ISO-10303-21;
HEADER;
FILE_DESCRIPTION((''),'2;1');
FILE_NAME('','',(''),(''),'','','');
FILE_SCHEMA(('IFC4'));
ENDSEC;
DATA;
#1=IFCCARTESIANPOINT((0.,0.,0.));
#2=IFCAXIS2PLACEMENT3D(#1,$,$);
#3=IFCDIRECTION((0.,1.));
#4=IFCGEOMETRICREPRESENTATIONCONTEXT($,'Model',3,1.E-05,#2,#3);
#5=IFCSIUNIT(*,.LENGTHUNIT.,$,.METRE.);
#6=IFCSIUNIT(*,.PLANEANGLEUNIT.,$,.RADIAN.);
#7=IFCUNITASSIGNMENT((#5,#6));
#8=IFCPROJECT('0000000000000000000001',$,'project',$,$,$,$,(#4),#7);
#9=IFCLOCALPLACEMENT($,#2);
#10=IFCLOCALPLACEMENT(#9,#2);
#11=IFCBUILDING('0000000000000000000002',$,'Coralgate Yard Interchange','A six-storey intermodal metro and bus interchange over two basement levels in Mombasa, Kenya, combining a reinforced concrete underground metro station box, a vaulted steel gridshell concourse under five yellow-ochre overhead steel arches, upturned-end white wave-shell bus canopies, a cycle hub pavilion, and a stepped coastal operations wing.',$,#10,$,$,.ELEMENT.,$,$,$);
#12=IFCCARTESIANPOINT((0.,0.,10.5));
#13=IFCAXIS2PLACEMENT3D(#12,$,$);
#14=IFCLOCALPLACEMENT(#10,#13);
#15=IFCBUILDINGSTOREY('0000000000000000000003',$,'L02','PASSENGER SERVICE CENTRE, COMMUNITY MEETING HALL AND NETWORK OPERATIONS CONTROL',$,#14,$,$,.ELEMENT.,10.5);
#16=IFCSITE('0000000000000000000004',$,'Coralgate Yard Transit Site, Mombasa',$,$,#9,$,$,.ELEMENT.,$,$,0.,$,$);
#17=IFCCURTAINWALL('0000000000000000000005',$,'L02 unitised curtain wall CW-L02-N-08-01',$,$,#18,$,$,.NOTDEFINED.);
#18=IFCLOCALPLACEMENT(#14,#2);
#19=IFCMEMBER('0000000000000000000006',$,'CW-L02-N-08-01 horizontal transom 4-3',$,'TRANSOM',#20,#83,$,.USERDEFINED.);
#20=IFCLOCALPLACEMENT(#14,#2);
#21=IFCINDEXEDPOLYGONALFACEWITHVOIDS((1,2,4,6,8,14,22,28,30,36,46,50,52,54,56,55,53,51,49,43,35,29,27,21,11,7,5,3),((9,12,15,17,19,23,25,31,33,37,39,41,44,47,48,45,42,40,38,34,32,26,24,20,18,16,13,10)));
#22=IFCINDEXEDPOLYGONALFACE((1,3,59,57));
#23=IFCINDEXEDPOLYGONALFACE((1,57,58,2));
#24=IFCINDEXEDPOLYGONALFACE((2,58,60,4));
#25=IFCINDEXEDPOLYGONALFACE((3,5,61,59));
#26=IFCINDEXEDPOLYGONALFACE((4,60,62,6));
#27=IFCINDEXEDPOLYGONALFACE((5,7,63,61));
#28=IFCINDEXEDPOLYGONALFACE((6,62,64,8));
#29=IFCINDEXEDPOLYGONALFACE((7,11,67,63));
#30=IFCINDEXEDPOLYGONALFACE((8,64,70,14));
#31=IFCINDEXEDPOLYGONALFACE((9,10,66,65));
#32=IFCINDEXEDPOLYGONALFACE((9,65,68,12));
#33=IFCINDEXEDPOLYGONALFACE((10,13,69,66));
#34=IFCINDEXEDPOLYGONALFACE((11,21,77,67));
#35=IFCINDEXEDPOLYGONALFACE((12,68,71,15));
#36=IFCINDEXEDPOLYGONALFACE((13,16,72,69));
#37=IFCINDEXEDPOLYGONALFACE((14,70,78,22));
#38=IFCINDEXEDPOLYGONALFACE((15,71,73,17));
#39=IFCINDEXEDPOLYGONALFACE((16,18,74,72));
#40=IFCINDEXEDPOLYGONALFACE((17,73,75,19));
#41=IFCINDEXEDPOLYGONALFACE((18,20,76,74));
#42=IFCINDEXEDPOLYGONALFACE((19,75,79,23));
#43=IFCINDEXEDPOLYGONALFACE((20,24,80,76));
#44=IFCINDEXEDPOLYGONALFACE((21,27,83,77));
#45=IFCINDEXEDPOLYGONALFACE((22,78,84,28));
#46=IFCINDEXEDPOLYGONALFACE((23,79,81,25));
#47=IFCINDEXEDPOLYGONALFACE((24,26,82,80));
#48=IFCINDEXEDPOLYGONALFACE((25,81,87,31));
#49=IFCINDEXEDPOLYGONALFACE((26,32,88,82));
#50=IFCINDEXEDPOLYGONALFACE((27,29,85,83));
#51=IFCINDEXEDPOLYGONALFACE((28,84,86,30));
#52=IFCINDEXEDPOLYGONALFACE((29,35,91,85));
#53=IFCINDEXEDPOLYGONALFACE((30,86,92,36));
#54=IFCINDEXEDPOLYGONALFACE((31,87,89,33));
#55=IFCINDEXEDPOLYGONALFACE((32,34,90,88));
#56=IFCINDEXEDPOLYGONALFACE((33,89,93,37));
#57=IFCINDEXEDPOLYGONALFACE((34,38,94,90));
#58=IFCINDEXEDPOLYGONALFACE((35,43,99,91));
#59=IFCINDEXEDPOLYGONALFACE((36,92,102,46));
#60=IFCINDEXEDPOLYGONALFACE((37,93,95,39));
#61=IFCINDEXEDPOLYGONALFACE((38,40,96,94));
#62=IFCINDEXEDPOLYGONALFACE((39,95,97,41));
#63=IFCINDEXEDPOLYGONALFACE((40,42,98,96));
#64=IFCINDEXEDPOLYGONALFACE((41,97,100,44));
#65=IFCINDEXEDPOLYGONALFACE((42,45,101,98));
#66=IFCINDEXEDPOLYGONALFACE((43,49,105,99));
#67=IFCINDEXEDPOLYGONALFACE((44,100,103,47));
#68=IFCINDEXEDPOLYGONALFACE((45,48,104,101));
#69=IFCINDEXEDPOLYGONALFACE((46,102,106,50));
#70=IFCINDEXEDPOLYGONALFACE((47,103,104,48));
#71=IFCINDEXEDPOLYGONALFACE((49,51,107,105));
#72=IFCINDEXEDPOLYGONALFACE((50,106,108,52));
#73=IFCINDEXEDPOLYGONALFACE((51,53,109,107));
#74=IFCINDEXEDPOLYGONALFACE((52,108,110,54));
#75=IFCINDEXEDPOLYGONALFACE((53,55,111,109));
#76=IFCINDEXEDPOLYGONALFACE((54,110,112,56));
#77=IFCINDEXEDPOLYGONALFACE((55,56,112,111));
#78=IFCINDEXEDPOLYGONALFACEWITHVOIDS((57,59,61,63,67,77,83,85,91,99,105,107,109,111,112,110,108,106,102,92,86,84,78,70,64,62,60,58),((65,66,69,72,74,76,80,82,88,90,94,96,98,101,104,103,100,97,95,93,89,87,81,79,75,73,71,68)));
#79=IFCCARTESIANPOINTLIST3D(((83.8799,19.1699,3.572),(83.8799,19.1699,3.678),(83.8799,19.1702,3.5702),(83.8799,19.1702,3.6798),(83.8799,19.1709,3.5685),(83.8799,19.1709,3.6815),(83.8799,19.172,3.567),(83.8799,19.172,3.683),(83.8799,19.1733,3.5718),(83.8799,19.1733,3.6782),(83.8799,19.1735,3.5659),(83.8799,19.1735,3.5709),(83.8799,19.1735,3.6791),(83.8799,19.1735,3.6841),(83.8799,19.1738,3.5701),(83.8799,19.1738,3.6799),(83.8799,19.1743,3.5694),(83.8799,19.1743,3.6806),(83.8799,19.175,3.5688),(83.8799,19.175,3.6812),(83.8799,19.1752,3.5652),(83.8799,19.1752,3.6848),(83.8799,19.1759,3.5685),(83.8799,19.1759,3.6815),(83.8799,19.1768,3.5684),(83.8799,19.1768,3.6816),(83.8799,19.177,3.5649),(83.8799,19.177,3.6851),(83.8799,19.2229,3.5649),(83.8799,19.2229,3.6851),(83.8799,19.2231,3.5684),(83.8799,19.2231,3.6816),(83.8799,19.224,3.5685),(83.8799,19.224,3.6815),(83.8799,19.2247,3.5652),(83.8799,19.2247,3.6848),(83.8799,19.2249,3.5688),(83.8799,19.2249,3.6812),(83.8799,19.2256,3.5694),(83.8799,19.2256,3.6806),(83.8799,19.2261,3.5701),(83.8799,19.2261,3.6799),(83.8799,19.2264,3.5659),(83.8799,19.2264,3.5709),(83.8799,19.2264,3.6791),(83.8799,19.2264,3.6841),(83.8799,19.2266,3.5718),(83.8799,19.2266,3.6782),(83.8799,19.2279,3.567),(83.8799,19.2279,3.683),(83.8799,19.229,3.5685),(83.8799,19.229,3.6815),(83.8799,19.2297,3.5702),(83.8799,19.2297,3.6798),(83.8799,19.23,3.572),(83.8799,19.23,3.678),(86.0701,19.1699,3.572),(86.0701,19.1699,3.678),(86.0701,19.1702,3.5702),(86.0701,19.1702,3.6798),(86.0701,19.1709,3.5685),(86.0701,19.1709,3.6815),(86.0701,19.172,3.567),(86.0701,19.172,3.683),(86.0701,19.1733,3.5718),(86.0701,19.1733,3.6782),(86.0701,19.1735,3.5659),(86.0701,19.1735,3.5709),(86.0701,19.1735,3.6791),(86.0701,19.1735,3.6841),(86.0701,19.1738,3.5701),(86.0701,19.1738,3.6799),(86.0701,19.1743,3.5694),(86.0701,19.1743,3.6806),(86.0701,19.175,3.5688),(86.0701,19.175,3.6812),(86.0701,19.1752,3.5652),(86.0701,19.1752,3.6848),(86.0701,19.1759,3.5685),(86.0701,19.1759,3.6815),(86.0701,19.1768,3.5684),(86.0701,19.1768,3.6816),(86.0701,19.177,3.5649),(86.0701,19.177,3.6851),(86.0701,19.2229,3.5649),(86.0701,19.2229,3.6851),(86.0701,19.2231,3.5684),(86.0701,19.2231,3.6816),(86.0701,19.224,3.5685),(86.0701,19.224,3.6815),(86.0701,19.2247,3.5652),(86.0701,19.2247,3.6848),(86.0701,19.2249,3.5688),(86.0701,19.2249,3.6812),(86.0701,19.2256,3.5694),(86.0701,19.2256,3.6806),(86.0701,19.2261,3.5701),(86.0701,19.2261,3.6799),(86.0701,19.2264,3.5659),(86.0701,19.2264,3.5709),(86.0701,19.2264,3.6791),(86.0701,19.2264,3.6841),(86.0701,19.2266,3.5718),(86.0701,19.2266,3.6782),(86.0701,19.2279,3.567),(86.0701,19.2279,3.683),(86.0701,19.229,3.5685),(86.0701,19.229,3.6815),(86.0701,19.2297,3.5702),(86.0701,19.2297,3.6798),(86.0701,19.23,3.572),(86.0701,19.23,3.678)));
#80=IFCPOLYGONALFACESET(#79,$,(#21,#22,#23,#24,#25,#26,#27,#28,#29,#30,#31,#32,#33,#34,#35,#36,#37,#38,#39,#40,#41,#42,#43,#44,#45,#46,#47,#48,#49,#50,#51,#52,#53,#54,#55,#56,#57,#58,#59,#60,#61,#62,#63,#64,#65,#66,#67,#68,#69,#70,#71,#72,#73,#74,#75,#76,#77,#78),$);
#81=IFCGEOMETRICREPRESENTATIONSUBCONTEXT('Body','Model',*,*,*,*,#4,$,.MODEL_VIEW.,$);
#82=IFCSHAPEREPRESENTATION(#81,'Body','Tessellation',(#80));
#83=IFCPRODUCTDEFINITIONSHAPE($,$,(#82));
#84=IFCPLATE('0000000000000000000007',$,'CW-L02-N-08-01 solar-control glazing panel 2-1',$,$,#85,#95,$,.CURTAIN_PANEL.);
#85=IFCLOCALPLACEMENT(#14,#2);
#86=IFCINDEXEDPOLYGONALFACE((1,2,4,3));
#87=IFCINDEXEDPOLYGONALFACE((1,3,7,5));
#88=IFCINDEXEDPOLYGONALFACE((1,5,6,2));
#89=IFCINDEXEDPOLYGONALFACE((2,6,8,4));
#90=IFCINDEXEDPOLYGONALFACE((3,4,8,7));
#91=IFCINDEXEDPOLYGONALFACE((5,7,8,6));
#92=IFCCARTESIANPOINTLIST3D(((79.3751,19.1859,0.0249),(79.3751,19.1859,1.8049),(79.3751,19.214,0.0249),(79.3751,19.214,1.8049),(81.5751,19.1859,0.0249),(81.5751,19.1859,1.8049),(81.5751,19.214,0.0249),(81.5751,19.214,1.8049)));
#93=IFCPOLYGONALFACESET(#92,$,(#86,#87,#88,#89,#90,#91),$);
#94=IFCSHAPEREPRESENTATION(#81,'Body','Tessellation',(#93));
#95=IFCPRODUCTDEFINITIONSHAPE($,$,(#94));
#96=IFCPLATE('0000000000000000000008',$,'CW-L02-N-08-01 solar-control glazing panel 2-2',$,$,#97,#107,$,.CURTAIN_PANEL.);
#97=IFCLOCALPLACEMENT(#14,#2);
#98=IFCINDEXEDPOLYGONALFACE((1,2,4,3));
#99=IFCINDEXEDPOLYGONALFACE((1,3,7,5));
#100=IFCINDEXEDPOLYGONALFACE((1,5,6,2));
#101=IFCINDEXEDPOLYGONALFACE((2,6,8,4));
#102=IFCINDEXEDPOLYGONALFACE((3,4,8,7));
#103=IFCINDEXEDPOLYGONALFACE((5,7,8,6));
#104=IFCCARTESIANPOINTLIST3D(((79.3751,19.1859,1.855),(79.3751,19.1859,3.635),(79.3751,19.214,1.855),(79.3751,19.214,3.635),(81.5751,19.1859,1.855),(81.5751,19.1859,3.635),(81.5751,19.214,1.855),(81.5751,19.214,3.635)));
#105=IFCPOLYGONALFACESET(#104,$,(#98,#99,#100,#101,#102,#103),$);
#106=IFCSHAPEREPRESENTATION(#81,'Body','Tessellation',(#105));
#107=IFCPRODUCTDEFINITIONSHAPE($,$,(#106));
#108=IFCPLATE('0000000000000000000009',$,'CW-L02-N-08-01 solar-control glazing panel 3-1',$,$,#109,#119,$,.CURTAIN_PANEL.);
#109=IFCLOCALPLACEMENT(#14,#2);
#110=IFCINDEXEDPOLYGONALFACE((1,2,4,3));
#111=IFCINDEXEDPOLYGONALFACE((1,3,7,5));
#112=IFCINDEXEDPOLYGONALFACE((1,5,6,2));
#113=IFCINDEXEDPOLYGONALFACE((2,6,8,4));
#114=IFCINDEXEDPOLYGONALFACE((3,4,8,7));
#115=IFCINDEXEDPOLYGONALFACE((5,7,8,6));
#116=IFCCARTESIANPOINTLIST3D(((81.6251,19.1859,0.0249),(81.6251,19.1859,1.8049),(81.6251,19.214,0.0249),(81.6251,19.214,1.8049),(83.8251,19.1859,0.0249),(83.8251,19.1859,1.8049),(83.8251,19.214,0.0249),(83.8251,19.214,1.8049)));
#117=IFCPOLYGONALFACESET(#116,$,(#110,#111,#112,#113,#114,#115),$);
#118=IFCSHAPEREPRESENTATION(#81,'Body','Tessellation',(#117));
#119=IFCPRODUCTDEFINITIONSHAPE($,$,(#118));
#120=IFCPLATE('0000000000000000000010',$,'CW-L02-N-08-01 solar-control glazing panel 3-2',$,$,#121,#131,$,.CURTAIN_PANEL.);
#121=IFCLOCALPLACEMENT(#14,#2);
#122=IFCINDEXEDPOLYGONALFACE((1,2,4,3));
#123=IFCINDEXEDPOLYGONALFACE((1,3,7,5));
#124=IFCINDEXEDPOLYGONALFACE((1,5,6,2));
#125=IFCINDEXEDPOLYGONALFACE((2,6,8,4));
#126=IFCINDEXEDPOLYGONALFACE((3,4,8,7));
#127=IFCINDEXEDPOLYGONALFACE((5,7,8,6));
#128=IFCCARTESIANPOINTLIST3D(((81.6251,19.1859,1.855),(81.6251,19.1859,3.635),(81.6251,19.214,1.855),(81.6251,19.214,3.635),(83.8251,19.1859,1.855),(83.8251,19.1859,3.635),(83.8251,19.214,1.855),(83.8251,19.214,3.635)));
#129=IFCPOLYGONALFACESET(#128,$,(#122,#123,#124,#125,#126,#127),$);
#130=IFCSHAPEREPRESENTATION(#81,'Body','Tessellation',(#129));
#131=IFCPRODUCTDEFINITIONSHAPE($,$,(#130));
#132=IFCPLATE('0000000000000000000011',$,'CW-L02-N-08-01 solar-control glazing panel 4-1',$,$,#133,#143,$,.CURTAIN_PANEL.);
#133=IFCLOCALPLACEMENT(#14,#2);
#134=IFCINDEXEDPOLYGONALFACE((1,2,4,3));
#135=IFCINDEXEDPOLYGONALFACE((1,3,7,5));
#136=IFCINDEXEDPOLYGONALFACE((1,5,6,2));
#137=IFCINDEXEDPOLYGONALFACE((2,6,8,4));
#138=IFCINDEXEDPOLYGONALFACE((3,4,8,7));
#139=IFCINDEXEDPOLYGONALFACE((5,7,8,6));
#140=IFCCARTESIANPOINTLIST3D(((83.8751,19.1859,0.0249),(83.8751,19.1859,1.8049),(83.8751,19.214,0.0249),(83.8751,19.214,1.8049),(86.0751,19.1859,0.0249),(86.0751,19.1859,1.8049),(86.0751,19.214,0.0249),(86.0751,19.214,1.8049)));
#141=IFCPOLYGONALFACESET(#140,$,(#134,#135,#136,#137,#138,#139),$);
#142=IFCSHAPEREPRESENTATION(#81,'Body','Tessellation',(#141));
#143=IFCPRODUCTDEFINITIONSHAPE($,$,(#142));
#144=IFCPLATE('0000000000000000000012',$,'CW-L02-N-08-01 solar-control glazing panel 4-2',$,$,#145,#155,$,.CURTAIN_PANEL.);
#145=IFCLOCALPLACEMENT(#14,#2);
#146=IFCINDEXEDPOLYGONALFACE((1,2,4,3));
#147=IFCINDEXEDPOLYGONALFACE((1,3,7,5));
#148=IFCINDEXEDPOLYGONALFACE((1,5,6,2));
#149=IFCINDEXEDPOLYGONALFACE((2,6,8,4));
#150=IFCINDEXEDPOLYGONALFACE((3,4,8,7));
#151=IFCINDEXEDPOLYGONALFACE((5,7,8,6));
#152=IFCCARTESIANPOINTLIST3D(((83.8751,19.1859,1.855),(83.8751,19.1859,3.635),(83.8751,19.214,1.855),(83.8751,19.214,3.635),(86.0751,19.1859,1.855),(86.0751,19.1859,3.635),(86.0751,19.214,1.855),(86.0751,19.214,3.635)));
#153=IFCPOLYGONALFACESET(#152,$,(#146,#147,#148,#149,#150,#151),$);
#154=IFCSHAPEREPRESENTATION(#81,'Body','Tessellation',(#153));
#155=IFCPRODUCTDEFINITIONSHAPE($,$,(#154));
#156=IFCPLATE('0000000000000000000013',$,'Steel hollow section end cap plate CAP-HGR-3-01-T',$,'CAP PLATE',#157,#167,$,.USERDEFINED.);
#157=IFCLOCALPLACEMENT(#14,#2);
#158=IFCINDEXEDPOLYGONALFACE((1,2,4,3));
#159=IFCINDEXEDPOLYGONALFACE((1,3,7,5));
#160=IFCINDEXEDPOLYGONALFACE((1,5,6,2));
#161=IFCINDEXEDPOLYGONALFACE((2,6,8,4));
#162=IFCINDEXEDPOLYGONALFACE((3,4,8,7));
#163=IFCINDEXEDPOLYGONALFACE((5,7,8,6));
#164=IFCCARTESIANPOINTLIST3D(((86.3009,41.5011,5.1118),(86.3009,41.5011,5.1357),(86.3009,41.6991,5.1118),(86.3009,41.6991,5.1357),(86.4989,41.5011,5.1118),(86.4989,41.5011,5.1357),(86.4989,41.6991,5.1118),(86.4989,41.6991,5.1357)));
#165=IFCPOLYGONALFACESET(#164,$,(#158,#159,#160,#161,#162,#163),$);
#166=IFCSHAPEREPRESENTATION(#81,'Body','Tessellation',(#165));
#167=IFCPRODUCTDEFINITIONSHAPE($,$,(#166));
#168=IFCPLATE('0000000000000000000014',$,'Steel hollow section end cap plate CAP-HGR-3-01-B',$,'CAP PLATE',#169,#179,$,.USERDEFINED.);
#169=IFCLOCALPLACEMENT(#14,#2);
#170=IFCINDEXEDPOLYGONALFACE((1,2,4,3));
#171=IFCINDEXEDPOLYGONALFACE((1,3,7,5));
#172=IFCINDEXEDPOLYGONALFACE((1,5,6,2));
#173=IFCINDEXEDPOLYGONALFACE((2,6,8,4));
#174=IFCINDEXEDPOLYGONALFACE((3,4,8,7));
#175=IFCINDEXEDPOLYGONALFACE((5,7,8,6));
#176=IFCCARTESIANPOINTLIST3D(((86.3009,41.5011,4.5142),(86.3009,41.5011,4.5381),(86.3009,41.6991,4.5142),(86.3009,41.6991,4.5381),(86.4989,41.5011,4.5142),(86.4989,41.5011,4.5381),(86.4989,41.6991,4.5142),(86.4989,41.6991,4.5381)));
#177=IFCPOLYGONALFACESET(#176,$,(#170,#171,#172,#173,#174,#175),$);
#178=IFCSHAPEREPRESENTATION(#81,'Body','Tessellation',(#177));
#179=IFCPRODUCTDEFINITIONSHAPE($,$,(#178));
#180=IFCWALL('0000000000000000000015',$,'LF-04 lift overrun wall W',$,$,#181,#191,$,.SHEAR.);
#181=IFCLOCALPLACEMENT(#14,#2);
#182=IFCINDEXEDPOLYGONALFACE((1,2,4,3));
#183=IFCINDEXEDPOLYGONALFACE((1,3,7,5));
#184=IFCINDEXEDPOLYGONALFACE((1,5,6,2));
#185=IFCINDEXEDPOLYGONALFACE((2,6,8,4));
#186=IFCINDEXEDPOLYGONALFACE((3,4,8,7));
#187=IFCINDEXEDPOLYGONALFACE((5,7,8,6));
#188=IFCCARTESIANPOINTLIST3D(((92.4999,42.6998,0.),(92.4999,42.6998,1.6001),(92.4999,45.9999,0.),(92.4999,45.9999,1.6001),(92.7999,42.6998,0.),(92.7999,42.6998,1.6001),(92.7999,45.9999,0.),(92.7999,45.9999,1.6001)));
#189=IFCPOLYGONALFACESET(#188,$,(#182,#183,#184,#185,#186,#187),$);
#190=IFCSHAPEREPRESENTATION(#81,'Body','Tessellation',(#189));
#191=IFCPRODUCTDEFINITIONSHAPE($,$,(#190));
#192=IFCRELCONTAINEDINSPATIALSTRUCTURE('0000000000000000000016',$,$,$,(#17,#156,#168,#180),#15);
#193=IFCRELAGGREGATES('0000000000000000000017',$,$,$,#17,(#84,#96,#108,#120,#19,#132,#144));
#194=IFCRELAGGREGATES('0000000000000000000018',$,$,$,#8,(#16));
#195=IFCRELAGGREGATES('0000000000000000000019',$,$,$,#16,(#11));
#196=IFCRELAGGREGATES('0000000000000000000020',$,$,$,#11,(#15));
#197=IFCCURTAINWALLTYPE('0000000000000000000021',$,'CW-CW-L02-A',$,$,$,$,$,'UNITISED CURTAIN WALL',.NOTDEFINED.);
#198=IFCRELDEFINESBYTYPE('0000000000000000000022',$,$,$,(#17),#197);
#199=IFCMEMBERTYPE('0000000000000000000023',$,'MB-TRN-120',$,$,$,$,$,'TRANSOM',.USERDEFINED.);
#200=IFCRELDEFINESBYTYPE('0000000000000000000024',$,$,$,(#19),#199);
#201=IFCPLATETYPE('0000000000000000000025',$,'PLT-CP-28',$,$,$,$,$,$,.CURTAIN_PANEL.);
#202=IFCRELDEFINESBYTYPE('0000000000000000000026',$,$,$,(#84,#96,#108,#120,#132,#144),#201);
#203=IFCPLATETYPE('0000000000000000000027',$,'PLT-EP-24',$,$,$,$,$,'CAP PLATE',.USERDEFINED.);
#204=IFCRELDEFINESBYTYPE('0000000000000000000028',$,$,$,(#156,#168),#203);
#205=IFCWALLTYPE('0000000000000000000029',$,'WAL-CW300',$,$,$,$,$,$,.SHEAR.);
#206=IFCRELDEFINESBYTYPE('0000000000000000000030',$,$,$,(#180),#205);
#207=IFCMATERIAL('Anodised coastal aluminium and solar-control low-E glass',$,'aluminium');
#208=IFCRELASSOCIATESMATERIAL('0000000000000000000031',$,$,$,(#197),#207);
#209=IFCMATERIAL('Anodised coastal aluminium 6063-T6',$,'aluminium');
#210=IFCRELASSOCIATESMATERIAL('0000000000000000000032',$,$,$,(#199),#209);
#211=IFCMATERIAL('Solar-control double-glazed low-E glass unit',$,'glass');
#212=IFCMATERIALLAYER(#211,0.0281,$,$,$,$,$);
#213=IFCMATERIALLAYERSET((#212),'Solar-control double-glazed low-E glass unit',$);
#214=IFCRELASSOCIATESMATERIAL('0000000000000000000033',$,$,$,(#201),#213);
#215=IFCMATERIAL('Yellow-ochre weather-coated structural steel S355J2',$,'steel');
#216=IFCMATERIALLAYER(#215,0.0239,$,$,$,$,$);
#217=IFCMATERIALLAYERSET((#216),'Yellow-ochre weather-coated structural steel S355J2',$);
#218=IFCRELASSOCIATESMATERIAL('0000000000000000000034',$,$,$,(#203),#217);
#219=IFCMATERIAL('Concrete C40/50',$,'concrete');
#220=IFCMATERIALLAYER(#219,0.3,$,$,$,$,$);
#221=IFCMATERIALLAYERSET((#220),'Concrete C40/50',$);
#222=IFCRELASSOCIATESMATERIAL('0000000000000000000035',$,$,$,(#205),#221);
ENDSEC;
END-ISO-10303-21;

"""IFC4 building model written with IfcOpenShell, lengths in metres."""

from ifc_helpers import new_model, si_unit, direction, frame, frame_2d, origin, origin_2d, place, context, subcontext, project, spatial, rectangle, hollow_rectangle, extrude, material, layer, layer_set, material_profile, profile_set, type_object, element, aggregate, save


model = new_model("IFC4")

# Units and contexts
model_context = context("Model", 3, precision=1e-05, world=origin(), true_north=direction((0.0, 1.0)))
body_context = subcontext(model_context, "Body", "Model", "MODEL_VIEW")
ifc_project = project(units=[si_unit("LENGTHUNIT", "METRE"), si_unit("PLANEANGLEUNIT", "RADIAN")], contexts=[model_context])

# Site, building, storey
site_placement = place(None, origin())
site = spatial("IfcSite", under=ifc_project, at=site_placement, Name="Coralgate Yard Transit Site, Mombasa", CompositionType="ELEMENT", RefElevation=0.0)
building_placement = place(site_placement, origin())
building = spatial("IfcBuilding", under=site, at=building_placement, Name="Coralgate Yard Interchange", Description="A six-storey intermodal metro and bus interchange over two basement levels in Mombasa, Kenya, combining a reinforced concrete underground metro station box, a vaulted steel gridshell concourse under five yellow-ochre overhead steel arches, upturned-end white wave-shell bus canopies, a cycle hub pavilion, and a stepped coastal operations wing.", CompositionType="ELEMENT")
storey_placement = place(building_placement, frame((0.0, 0.0, 10.5)))
storey = spatial("IfcBuildingStorey", under=building, at=storey_placement, Name="L02", Description="PASSENGER SERVICE CENTRE, COMMUNITY MEETING HALL AND NETWORK OPERATIONS CONTROL", CompositionType="ELEMENT", Elevation=10.5)

# Shared definitions
ifc_material_1 = material(Name="Yellow-ochre weather-coated structural steel S355J2", Category="steel")

# Curtain wall
ifc_material_2 = material(Name="Anodised coastal aluminium and solar-control low-E glass", Category="aluminium")
curtain_wall_type = type_object("IfcCurtainWallType", Name="CW-CW-L02-A", ElementType="UNITISED CURTAIN WALL", PredefinedType="NOTDEFINED", material=ifc_material_2)
curtain_wall_placement = place(storey_placement, origin())
curtain_wall = element("IfcCurtainWall", 1, at=curtain_wall_placement, inside=storey, type_object=curtain_wall_type, Name="L02 unitised curtain wall CW-L02-N-08-01", PredefinedType="NOTDEFINED")
ifc_material_3 = material(Name="Anodised coastal aluminium 6063-T6", Category="aluminium")

# Member
ifc_material_profile_1 = material_profile(ifc_material_3, hollow_rectangle(XDim=0.0601, YDim=0.1201, WallThickness=0.0034, InnerFilletRadius=0.0034, OuterFilletRadius=0.0071, at=origin_2d()), Name="ALU 60x120x3.5")
ifc_profile_set_1 = profile_set([ifc_material_profile_1], Name="Anodised coastal aluminium 6063-T6")
member_type_1 = type_object("IfcMemberType", Name="MB-TRN-120", ElementType="TRANSOM", PredefinedType="USERDEFINED", material=ifc_profile_set_1)
member_1_placement = place(storey_placement, frame((83.8799, 19.2, 3.625), z_axis=(1.0, 0.0, 0.0), x_axis=(0.0, 1.0, 0.0)))
member_1 = element("IfcMember", 2, at=member_1_placement, type_object=member_type_1, Name="CW-L02-N-08-01 horizontal transom 4-3", ObjectType="TRANSOM", PredefinedType="USERDEFINED", context=body_context, shape_type="SweptSolid", body=[
    extrude(hollow_rectangle(XDim=0.0601, YDim=0.1201, WallThickness=0.0034, InnerFilletRadius=0.0034, OuterFilletRadius=0.0071, at=origin_2d()), origin(), (0.0, 0.0, 1.0), 2.1902),
])

# Plates
ifc_material_4 = material(Name="Solar-control double-glazed low-E glass unit", Category="glass")
ifc_layer_1 = layer(ifc_material_4, 0.0281)
ifc_layer_set_1 = layer_set([ifc_layer_1], Name="Solar-control double-glazed low-E glass unit")
plate_type_1 = type_object("IfcPlateType", Name="PLT-CP-28", PredefinedType="CURTAIN_PANEL", material=ifc_layer_set_1)
plate_1_placement = place(storey_placement, frame((80.4751, 19.2, 0.0249), z_axis=(0.0, 0.0, 1.0), x_axis=(1.0, 0.0, 0.0)))
plate_1 = element("IfcPlate", 3, at=plate_1_placement, type_object=plate_type_1, Name="CW-L02-N-08-01 solar-control glazing panel 2-1", PredefinedType="CURTAIN_PANEL", context=body_context, shape_type="SweptSolid", body=[
    extrude(rectangle(XDim=2.2, YDim=0.0281, at=origin_2d()), origin(), (0.0, 0.0, 1.0), 1.78),
])
plate_2_placement = place(storey_placement, frame((80.4751, 19.2, 1.855), z_axis=(0.0, 0.0, 1.0), x_axis=(1.0, 0.0, 0.0)))
plate_2 = element("IfcPlate", 4, at=plate_2_placement, type_object=plate_type_1, Name="CW-L02-N-08-01 solar-control glazing panel 2-2", PredefinedType="CURTAIN_PANEL", context=body_context, shape_type="SweptSolid", body=[
    extrude(rectangle(XDim=2.2, YDim=0.0281, at=origin_2d()), origin(), (0.0, 0.0, 1.0), 1.78),
])
plate_3_placement = place(storey_placement, frame((82.7251, 19.2, 0.0249), z_axis=(0.0, 0.0, 1.0), x_axis=(1.0, 0.0, 0.0)))
plate_3 = element("IfcPlate", 5, at=plate_3_placement, type_object=plate_type_1, Name="CW-L02-N-08-01 solar-control glazing panel 3-1", PredefinedType="CURTAIN_PANEL", context=body_context, shape_type="SweptSolid", body=[
    extrude(rectangle(XDim=2.2, YDim=0.0281, at=origin_2d()), origin(), (0.0, 0.0, 1.0), 1.78),
])
plate_4_placement = place(storey_placement, frame((82.7251, 19.2, 1.855), z_axis=(0.0, 0.0, 1.0), x_axis=(1.0, 0.0, 0.0)))
plate_4 = element("IfcPlate", 6, at=plate_4_placement, type_object=plate_type_1, Name="CW-L02-N-08-01 solar-control glazing panel 3-2", PredefinedType="CURTAIN_PANEL", context=body_context, shape_type="SweptSolid", body=[
    extrude(rectangle(XDim=2.2, YDim=0.0281, at=origin_2d()), origin(), (0.0, 0.0, 1.0), 1.78),
])
plate_5_placement = place(storey_placement, frame((84.9751, 19.2, 0.0249), z_axis=(0.0, 0.0, 1.0), x_axis=(1.0, 0.0, 0.0)))
plate_5 = element("IfcPlate", 7, at=plate_5_placement, type_object=plate_type_1, Name="CW-L02-N-08-01 solar-control glazing panel 4-1", PredefinedType="CURTAIN_PANEL", context=body_context, shape_type="SweptSolid", body=[
    extrude(rectangle(XDim=2.2, YDim=0.0281, at=origin_2d()), origin(), (0.0, 0.0, 1.0), 1.78),
])
plate_6_placement = place(storey_placement, frame((84.9751, 19.2, 1.855), z_axis=(0.0, 0.0, 1.0), x_axis=(1.0, 0.0, 0.0)))
plate_6 = element("IfcPlate", 8, at=plate_6_placement, type_object=plate_type_1, Name="CW-L02-N-08-01 solar-control glazing panel 4-2", PredefinedType="CURTAIN_PANEL", context=body_context, shape_type="SweptSolid", body=[
    extrude(rectangle(XDim=2.2, YDim=0.0281, at=origin_2d()), origin(), (0.0, 0.0, 1.0), 1.78),
])
aggregate(curtain_wall, [plate_1, plate_2, plate_3, plate_4, member_1, plate_5, plate_6])

# Plates
ifc_layer_2 = layer(ifc_material_1, 0.0239)
ifc_layer_set_2 = layer_set([ifc_layer_2], Name="Yellow-ochre weather-coated structural steel S355J2")
plate_type_2 = type_object("IfcPlateType", Name="PLT-EP-24", ElementType="CAP PLATE", PredefinedType="USERDEFINED", material=ifc_layer_set_2)
for number, where, z_axis, x_axis, name in (
    (9, (86.3999, 41.6001, 5.1118), (0.0, 0.0, 1.0), (1.0, 0.0, 0.0), "Steel hollow section end cap plate CAP-HGR-3-01-T"),
    (10, (86.3999, 41.6001, 4.5381), (0.0, 0.0, -1.0), (1.0, 0.0, 0.0), "Steel hollow section end cap plate CAP-HGR-3-01-B"),
):
    element("IfcPlate", number, at=place(storey_placement, frame(where, z_axis=z_axis, x_axis=x_axis)), inside=storey, type_object=plate_type_2, Name=name, ObjectType="CAP PLATE", PredefinedType="USERDEFINED", context=body_context, shape_type="SweptSolid", body=[
        extrude(rectangle(XDim=0.198, YDim=0.198, at=origin_2d()), origin(), (0.0, 0.0, 1.0), 0.0239),
    ])

# Wall
ifc_material_5 = material(Name="Concrete C40/50", Category="concrete")
ifc_layer_3 = layer(ifc_material_5, 0.3)
ifc_layer_set_3 = layer_set([ifc_layer_3], Name="Concrete C40/50")
wall_type = type_object("IfcWallType", Name="WAL-CW300", PredefinedType="SHEAR", material=ifc_layer_set_3)
wall_1_placement = place(storey_placement, frame((92.6499, 42.7, 0.0), z_axis=(0.0, 0.0, 1.0), x_axis=(0.0, 1.0, 0.0)))
element("IfcWall", 11, at=wall_1_placement, inside=storey, type_object=wall_type, Name="LF-04 lift overrun wall W", PredefinedType="SHEAR", context=body_context, shape_type="SweptSolid", body=[
    extrude(rectangle(XDim=3.3, YDim=0.3, at=frame_2d((1.6499, 0.0))), origin(), (0.0, 0.0, 1.0), 1.6001),
])

save(model, "model.ifc")
